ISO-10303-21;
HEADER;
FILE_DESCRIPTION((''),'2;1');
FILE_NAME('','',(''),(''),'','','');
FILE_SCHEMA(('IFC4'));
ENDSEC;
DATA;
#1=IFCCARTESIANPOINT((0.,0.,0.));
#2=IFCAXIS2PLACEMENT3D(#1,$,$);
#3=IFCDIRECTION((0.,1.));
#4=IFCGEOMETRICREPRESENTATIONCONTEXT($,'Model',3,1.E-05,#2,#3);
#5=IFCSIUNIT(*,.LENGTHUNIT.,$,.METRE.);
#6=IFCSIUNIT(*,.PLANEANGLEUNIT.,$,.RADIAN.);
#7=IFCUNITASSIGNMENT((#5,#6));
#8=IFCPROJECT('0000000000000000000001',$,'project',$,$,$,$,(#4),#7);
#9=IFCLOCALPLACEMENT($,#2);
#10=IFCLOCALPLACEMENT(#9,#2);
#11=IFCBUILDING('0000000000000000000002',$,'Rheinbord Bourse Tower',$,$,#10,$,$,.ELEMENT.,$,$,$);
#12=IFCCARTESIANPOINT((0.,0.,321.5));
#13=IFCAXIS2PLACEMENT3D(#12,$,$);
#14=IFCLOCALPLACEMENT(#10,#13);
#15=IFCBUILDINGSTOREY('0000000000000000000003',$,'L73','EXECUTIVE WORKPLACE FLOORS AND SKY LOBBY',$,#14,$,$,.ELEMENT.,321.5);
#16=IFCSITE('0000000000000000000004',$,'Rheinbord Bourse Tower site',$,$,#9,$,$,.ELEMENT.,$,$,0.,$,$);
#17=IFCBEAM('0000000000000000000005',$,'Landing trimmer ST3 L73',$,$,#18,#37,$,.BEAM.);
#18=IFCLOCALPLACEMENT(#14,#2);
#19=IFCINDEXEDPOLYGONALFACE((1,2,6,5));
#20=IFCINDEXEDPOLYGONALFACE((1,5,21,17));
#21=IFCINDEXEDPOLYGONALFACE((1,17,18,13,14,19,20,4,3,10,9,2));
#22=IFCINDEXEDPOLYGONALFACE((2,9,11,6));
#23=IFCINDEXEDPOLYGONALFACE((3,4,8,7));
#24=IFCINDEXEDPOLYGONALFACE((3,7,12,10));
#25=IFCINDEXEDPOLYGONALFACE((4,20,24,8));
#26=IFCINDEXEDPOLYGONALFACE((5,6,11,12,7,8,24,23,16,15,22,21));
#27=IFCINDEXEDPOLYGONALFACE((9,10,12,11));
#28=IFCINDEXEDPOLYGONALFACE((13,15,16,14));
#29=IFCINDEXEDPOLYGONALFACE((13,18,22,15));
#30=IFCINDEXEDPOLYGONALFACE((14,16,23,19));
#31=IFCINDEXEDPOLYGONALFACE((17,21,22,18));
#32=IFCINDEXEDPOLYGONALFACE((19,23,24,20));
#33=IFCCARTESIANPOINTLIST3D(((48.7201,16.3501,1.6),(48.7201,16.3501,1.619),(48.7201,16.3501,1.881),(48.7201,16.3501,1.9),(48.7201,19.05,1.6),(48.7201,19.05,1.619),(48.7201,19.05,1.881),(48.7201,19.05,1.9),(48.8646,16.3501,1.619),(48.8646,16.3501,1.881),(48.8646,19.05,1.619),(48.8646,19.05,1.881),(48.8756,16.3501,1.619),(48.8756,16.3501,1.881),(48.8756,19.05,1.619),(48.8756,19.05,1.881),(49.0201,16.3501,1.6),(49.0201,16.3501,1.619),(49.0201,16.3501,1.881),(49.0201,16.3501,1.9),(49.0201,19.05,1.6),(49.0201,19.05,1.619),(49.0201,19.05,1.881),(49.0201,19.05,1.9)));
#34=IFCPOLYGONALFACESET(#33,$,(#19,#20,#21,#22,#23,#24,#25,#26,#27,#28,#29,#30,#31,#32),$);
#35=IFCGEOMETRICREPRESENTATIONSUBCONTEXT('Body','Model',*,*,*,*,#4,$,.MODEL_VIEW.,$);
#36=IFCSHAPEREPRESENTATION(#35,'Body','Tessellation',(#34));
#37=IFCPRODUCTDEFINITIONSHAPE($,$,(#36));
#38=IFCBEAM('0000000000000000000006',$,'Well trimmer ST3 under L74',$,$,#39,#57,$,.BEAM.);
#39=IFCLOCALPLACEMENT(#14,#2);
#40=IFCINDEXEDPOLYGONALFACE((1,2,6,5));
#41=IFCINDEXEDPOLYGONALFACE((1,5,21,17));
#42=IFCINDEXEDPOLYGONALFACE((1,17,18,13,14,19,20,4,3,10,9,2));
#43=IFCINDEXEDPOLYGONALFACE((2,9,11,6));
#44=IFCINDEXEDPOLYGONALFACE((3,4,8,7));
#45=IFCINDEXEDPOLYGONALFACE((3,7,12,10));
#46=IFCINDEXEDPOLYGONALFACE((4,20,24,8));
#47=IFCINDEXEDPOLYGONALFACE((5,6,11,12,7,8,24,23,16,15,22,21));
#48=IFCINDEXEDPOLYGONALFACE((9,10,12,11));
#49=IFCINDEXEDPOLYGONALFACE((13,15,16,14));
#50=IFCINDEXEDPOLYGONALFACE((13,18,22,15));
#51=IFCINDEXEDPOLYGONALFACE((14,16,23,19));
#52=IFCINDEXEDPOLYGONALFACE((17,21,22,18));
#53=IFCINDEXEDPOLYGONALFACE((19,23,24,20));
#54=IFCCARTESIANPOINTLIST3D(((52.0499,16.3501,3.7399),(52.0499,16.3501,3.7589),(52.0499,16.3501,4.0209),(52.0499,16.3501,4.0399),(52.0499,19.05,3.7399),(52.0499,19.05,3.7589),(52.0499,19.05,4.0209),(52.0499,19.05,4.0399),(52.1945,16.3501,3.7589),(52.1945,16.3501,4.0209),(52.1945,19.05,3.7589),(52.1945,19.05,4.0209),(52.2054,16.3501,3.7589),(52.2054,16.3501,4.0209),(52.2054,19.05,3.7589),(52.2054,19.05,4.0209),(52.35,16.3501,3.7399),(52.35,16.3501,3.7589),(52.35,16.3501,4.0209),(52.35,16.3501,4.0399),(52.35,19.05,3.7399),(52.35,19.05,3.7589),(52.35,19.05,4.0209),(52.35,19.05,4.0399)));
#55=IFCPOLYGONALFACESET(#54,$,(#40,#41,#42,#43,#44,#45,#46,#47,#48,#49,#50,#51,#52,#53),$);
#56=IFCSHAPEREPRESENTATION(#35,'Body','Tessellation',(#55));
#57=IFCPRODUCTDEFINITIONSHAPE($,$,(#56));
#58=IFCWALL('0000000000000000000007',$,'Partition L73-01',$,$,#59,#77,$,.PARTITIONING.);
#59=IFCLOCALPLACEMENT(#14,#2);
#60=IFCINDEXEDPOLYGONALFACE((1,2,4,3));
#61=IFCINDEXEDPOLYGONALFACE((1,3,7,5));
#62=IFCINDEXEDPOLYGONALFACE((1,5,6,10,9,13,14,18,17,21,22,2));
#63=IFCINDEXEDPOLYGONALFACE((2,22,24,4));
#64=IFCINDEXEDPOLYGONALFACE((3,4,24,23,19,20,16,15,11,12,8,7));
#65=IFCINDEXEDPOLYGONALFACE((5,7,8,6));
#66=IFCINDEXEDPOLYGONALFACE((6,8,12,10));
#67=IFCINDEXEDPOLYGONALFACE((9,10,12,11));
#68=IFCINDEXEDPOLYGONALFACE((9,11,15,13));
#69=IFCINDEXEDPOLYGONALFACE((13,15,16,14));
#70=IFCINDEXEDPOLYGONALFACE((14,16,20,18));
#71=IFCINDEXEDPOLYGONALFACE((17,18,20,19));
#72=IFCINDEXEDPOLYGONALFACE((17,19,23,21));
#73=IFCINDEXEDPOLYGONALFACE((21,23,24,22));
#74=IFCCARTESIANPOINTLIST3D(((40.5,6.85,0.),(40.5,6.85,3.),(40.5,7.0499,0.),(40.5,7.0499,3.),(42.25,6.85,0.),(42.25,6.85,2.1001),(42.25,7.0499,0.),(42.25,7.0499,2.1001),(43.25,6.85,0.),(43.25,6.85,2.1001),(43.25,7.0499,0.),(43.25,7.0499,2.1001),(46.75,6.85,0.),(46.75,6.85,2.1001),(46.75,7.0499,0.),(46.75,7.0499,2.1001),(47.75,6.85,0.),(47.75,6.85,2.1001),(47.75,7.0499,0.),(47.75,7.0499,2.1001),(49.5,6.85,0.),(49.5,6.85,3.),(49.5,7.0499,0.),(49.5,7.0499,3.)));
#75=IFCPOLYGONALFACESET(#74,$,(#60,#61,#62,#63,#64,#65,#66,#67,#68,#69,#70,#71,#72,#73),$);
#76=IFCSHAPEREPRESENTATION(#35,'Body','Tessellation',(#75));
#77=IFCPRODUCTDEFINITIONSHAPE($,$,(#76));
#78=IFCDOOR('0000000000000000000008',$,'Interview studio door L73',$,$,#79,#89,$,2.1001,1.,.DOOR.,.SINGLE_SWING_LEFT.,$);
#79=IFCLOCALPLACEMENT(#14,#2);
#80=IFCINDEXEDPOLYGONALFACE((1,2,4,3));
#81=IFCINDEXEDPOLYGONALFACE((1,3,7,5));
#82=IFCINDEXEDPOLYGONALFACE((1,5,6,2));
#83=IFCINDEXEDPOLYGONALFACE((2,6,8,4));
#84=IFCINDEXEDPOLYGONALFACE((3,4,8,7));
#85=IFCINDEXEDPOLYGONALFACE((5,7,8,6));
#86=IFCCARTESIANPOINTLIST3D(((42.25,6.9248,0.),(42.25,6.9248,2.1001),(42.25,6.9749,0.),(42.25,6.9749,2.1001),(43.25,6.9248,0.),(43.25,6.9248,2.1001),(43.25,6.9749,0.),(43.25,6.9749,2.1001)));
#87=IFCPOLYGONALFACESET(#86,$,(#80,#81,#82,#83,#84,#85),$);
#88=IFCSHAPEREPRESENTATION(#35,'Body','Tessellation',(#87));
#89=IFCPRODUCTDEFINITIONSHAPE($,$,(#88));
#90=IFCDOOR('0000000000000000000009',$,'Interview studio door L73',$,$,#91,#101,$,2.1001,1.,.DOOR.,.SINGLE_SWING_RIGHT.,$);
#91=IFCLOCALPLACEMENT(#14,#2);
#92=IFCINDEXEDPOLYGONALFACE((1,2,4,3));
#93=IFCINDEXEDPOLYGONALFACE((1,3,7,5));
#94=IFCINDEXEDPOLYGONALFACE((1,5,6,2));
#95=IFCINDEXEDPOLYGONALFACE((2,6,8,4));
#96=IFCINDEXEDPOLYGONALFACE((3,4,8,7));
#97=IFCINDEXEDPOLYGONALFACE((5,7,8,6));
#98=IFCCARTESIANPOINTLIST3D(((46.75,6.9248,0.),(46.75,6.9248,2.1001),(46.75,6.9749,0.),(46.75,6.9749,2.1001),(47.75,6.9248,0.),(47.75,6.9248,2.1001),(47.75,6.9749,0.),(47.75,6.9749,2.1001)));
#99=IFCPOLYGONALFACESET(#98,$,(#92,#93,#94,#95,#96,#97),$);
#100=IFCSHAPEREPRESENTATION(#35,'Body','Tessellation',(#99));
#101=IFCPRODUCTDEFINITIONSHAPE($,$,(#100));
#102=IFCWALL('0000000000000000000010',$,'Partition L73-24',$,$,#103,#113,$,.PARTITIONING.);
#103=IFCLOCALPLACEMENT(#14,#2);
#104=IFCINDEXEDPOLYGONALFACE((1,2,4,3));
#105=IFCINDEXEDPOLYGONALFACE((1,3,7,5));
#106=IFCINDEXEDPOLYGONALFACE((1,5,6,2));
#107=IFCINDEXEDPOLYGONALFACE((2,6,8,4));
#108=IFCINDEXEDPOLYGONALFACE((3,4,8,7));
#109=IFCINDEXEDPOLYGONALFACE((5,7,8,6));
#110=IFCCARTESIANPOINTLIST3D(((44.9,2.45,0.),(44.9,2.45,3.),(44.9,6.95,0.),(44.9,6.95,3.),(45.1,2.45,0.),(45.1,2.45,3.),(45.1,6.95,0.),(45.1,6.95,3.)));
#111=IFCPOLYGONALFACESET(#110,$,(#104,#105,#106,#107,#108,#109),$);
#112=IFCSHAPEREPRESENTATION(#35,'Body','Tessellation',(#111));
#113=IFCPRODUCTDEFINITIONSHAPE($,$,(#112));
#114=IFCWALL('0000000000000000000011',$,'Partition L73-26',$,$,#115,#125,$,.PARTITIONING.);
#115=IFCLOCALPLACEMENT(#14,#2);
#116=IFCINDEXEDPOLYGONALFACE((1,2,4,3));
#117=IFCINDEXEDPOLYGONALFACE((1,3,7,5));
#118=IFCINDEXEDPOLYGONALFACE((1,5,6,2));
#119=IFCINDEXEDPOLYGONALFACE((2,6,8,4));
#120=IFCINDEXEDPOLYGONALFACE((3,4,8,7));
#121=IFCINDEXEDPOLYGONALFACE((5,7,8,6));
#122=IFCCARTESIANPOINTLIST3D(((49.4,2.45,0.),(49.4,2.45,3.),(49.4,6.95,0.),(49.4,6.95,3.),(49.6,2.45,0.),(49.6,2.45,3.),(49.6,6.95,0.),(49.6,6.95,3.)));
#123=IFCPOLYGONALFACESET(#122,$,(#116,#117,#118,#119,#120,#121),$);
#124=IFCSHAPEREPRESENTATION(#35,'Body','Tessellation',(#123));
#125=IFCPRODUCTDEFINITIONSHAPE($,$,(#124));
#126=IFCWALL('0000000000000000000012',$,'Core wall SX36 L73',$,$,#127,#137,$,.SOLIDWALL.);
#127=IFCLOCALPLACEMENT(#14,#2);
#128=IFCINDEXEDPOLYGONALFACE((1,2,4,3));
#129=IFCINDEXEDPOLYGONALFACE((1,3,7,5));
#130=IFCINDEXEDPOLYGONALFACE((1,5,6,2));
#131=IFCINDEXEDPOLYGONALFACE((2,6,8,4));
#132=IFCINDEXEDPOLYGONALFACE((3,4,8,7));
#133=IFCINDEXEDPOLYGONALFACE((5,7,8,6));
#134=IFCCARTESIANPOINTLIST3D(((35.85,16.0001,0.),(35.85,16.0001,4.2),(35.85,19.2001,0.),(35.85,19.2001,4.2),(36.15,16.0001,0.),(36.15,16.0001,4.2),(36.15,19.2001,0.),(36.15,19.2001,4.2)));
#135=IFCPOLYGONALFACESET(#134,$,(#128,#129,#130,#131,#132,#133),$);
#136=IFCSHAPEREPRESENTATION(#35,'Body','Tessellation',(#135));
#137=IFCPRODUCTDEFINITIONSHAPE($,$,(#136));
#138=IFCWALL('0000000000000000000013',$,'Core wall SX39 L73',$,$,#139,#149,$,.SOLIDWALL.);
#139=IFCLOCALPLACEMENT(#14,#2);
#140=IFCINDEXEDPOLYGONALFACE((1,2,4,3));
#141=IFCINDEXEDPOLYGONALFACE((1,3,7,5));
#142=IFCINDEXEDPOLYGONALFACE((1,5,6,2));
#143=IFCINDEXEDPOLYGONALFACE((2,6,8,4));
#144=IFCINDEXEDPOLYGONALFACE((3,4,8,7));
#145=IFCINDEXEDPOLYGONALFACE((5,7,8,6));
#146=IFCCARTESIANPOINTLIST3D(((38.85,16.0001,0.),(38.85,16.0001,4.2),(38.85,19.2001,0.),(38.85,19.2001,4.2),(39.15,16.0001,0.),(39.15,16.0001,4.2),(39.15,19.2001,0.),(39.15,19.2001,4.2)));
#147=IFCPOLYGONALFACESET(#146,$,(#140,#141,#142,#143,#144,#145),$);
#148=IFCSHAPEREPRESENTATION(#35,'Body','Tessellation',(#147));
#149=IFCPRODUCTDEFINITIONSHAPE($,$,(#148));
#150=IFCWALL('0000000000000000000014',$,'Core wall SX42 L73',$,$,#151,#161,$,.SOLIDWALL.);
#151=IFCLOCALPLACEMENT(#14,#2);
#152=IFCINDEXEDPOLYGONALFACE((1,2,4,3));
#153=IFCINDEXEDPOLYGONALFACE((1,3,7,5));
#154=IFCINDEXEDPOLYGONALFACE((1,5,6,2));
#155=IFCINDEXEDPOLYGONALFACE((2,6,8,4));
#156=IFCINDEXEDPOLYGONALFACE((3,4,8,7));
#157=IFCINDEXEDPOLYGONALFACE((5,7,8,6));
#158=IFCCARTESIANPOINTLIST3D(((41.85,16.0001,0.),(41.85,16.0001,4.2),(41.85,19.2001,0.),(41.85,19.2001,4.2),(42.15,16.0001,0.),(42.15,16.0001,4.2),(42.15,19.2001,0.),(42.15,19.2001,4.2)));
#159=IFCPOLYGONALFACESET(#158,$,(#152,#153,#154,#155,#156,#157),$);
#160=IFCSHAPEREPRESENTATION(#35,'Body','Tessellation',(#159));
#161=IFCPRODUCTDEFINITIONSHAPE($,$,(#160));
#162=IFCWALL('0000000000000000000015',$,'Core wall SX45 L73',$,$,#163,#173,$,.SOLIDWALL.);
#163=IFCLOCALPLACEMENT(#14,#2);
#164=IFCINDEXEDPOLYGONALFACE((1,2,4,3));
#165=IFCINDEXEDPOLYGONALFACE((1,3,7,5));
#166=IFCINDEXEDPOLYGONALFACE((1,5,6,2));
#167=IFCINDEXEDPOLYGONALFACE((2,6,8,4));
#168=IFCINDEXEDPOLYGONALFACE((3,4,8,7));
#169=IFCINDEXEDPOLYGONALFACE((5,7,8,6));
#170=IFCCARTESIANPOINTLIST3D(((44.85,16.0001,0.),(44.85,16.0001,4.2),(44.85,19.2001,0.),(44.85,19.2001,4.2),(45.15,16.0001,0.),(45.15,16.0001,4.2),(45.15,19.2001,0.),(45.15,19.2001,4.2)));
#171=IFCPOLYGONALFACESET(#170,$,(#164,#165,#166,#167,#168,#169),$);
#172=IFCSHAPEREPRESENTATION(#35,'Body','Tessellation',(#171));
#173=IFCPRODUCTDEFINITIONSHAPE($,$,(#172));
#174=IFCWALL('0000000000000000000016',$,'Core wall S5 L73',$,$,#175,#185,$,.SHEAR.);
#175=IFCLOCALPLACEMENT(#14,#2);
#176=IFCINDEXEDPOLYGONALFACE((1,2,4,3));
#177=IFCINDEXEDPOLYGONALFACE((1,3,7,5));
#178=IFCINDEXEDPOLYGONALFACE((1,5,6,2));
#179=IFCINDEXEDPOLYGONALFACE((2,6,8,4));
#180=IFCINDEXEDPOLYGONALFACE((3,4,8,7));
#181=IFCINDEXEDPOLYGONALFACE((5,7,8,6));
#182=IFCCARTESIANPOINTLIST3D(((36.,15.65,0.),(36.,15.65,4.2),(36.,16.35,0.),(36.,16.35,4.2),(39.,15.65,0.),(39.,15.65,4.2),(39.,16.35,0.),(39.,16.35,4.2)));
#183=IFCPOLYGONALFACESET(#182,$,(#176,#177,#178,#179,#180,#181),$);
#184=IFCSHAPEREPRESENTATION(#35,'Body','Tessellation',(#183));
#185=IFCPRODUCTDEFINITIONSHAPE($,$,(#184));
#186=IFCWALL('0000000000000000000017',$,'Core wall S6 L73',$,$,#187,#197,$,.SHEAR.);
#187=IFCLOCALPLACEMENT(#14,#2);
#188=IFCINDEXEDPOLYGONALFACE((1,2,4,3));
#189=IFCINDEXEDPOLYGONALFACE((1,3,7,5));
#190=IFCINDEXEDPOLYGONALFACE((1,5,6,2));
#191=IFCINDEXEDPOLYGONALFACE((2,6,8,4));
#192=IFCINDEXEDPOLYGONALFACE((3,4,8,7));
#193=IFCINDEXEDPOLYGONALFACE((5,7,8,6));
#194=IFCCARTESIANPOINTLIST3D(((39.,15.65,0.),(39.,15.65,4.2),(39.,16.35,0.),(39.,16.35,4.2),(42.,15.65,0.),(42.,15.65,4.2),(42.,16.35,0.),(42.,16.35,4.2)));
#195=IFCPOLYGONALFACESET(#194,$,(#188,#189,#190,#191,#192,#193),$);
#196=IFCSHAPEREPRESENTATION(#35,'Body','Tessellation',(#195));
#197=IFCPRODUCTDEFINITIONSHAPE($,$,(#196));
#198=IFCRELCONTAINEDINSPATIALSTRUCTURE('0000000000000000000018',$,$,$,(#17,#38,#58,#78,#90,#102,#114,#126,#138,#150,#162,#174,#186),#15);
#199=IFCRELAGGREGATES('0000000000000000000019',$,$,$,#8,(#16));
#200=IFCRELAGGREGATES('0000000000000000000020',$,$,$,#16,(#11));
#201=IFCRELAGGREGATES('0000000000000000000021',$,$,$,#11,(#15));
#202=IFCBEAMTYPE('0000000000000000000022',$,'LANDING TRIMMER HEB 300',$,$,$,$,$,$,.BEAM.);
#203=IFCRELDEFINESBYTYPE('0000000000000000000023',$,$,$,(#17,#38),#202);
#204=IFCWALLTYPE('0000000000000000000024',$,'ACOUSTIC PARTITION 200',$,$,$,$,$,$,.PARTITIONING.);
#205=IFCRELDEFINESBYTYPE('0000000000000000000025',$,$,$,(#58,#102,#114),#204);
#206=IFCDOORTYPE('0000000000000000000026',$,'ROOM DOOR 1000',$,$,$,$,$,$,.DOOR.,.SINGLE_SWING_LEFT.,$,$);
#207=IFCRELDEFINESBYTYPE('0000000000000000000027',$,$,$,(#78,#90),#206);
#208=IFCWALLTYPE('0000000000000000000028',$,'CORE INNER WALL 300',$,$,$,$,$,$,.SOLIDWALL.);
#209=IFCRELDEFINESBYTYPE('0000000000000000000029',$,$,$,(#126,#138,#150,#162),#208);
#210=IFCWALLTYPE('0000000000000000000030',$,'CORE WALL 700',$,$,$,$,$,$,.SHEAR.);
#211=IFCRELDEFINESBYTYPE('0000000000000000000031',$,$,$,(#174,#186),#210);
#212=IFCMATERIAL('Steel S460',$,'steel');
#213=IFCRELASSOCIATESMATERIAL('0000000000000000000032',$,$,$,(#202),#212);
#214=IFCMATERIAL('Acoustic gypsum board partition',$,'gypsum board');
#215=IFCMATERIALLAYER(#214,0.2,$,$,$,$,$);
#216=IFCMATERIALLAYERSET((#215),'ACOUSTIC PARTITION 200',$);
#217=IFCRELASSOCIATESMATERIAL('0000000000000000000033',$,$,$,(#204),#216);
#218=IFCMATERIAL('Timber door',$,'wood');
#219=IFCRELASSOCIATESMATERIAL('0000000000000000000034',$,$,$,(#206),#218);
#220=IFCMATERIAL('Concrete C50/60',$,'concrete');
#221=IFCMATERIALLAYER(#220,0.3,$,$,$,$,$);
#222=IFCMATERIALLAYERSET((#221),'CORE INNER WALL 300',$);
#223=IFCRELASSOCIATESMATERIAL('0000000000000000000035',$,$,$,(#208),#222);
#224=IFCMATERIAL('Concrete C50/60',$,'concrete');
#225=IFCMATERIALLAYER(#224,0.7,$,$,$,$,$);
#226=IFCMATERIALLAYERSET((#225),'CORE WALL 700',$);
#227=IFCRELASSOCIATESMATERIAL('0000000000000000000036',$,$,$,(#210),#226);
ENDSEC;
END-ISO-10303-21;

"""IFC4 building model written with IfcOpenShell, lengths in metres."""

from ifc_helpers import new_model, si_unit, direction, frame, frame_2d, origin, origin_2d, place, context, subcontext, project, spatial, rectangle, i_section, extrude, material, layer, layer_set, material_profile, profile_set, type_object, element, fill, save


model = new_model("IFC4")

# Units and contexts
model_context = context("Model", 3, precision=1e-05, world=origin(), true_north=direction((0.0, 1.0)))
body_context = subcontext(model_context, "Body", "Model", "MODEL_VIEW")
ifc_project = project(units=[si_unit("LENGTHUNIT", "METRE"), si_unit("PLANEANGLEUNIT", "RADIAN")], contexts=[model_context])

# Site, building, storey
site_placement = place(None, origin())
site = spatial("IfcSite", under=ifc_project, at=site_placement, Name="Rheinbord Bourse Tower site", CompositionType="ELEMENT", RefElevation=0.0)
building_placement = place(site_placement, origin())
building = spatial("IfcBuilding", under=site, at=building_placement, Name="Rheinbord Bourse Tower", CompositionType="ELEMENT")
storey_placement = place(building_placement, frame((0.0, 0.0, 321.5)))
storey = spatial("IfcBuildingStorey", under=building, at=storey_placement, Name="L73", Description="EXECUTIVE WORKPLACE FLOORS AND SKY LOBBY", CompositionType="ELEMENT", Elevation=321.5)

# Beams
ifc_material_1 = material(Name="Steel S460", Category="steel")
ifc_material_profile = material_profile(ifc_material_1, i_section(OverallWidth=0.3, OverallDepth=0.3, WebThickness=0.011, FlangeThickness=0.019, at=origin_2d()), Name="HEB 300")
ifc_profile_set = profile_set([ifc_material_profile], Name="Steel S460")
beam_type = type_object("IfcBeamType", Name="LANDING TRIMMER HEB 300", PredefinedType="BEAM", material=ifc_profile_set)
for number, where, z_axis, x_axis, name in (
    (1, (48.8701, 16.3501, 1.75), (0.0, 1.0, 0.0), (-1.0, 0.0, 0.0), "Landing trimmer ST3 L73"),
    (2, (52.2, 16.3501, 3.8899), (0.0, 1.0, 0.0), (-1.0, 0.0, 0.0), "Well trimmer ST3 under L74"),
):
    element("IfcBeam", number, at=place(storey_placement, frame(where, z_axis=z_axis, x_axis=x_axis)), inside=storey, type_object=beam_type, Name=name, PredefinedType="BEAM", context=body_context, shape_type="SweptSolid", body=[
        extrude(i_section(OverallWidth=0.3, OverallDepth=0.3, WebThickness=0.011, FlangeThickness=0.019, at=origin_2d()), origin(), (0.0, 0.0, 1.0), 2.7),
    ])

# Wall, openings, doors
ifc_material_2 = material(Name="Acoustic gypsum board partition", Category="gypsum board")
ifc_layer_1 = layer(ifc_material_2, 0.2)
ifc_layer_set_1 = layer_set([ifc_layer_1], Name="ACOUSTIC PARTITION 200")
wall_type_1 = type_object("IfcWallType", Name="ACOUSTIC PARTITION 200", PredefinedType="PARTITIONING", material=ifc_layer_set_1)
wall_1_placement = place(storey_placement, frame((40.5, 6.95, 0.0), z_axis=(0.0, 0.0, 1.0), x_axis=(1.0, 0.0, 0.0)))
wall_1 = element("IfcWall", 3, at=wall_1_placement, inside=storey, type_object=wall_type_1, Name="Partition L73-01", PredefinedType="PARTITIONING", context=body_context, shape_type="SweptSolid", body=[
    extrude(rectangle(XDim=9.0, YDim=0.2, at=frame_2d((4.5, 0.0))), origin(), (0.0, 0.0, 1.0), 3.0),
])
opening_1_placement = place(wall_1_placement, frame((1.75, 0.0, 0.0)))
opening_1 = element("IfcOpeningElement", 4, at=opening_1_placement, cuts=wall_1, PredefinedType="OPENING", context=body_context, shape_type="SweptSolid", body=[
    extrude(rectangle(XDim=1.0, YDim=2.1001, at=frame_2d((0.5, 1.05))), frame((0.0, 0.1099, 0.0), z_axis=(0.0, -1.0, 0.0), x_axis=(1.0, 0.0, 0.0)), (0.0, 0.0, 1.0), 0.22),
])
opening_2_placement = place(wall_1_placement, frame((6.25, 0.0, 0.0)))
opening_2 = element("IfcOpeningElement", 5, at=opening_2_placement, cuts=wall_1, PredefinedType="OPENING", context=body_context, shape_type="SweptSolid", body=[
    extrude(rectangle(XDim=1.0, YDim=2.1001, at=frame_2d((0.5, 1.05))), frame((0.0, 0.1099, 0.0), z_axis=(0.0, -1.0, 0.0), x_axis=(1.0, 0.0, 0.0)), (0.0, 0.0, 1.0), 0.22),
])
ifc_material_3 = material(Name="Timber door", Category="wood")
door_type_1 = type_object("IfcDoorType", Name="ROOM DOOR 1000", OperationType="SINGLE_SWING_LEFT", PredefinedType="DOOR", material=ifc_material_3)
door_1_placement = place(opening_1_placement, origin())
door_1 = element("IfcDoor", 6, at=door_1_placement, inside=storey, type_object=door_type_1, Name="Interview studio door L73", OperationType="SINGLE_SWING_LEFT", OverallHeight=2.1001, OverallWidth=1.0, PredefinedType="DOOR", context=body_context, shape_type="SweptSolid", body=[
    extrude(rectangle(XDim=1.0, YDim=2.1001, at=frame_2d((0.5, 1.05))), frame((0.0, 0.0249, 0.0), z_axis=(0.0, -1.0, 0.0), x_axis=(1.0, 0.0, 0.0)), (0.0, 0.0, 1.0), 0.05),
])
fill(opening_1, door_1)
door_2_placement = place(opening_2_placement, origin())
door_2 = element("IfcDoor", 7, at=door_2_placement, inside=storey, type_object=door_type_1, Name="Interview studio door L73", OperationType="SINGLE_SWING_RIGHT", OverallHeight=2.1001, OverallWidth=1.0, PredefinedType="DOOR", context=body_context, shape_type="SweptSolid", body=[
    extrude(rectangle(XDim=1.0, YDim=2.1001, at=frame_2d((0.5, 1.05))), frame((0.0, 0.0249, 0.0), z_axis=(0.0, -1.0, 0.0), x_axis=(1.0, 0.0, 0.0)), (0.0, 0.0, 1.0), 0.05),
])
fill(opening_2, door_2)

# Walls
for number, where, z_axis, x_axis, name in (
    (8, (45.0, 2.45, 0.0), (0.0, 0.0, 1.0), (0.0, 1.0, 0.0), "Partition L73-24"),
    (9, (49.5, 2.45, 0.0), (0.0, 0.0, 1.0), (0.0, 1.0, 0.0), "Partition L73-26"),
):
    element("IfcWall", number, at=place(storey_placement, frame(where, z_axis=z_axis, x_axis=x_axis)), inside=storey, type_object=wall_type_1, Name=name, PredefinedType="PARTITIONING", context=body_context, shape_type="SweptSolid", body=[
        extrude(rectangle(XDim=4.5, YDim=0.2, at=frame_2d((2.25, 0.0))), origin(), (0.0, 0.0, 1.0), 3.0),
    ])
ifc_material_4 = material(Name="Concrete C50/60", Category="concrete")
ifc_layer_2 = layer(ifc_material_4, 0.3)
ifc_layer_set_2 = layer_set([ifc_layer_2], Name="CORE INNER WALL 300")
wall_type_2 = type_object("IfcWallType", Name="CORE INNER WALL 300", PredefinedType="SOLIDWALL", material=ifc_layer_set_2)
for number, where, z_axis, x_axis, name in (
    (10, (36.0, 16.0, 0.0), (0.0, 0.0, 1.0), (0.0, 1.0, 0.0), "Core wall SX36 L73"),
    (11, (39.0, 16.0, 0.0), (0.0, 0.0, 1.0), (0.0, 1.0, 0.0), "Core wall SX39 L73"),
    (12, (42.0, 16.0, 0.0), (0.0, 0.0, 1.0), (0.0, 1.0, 0.0), "Core wall SX42 L73"),
    (13, (45.0, 16.0, 0.0), (0.0, 0.0, 1.0), (0.0, 1.0, 0.0), "Core wall SX45 L73"),
):
    element("IfcWall", number, at=place(storey_placement, frame(where, z_axis=z_axis, x_axis=x_axis)), inside=storey, type_object=wall_type_2, Name=name, PredefinedType="SOLIDWALL", context=body_context, shape_type="SweptSolid", body=[
        extrude(rectangle(XDim=3.2, YDim=0.3, at=frame_2d((1.6001, 0.0))), origin(), (0.0, 0.0, 1.0), 4.2),
    ])
ifc_material_5 = material(Name="Concrete C50/60", Category="concrete")
ifc_layer_3 = layer(ifc_material_5, 0.7)
ifc_layer_set_3 = layer_set([ifc_layer_3], Name="CORE WALL 700")
wall_type_3 = type_object("IfcWallType", Name="CORE WALL 700", PredefinedType="SHEAR", material=ifc_layer_set_3)
for number, where, z_axis, x_axis, name in (
    (14, (36.0, 16.0, 0.0), (0.0, 0.0, 1.0), (1.0, 0.0, 0.0), "Core wall S5 L73"),
    (15, (39.0, 16.0, 0.0), (0.0, 0.0, 1.0), (1.0, 0.0, 0.0), "Core wall S6 L73"),
):
    element("IfcWall", number, at=place(storey_placement, frame(where, z_axis=z_axis, x_axis=x_axis)), inside=storey, type_object=wall_type_3, Name=name, PredefinedType="SHEAR", context=body_context, shape_type="SweptSolid", body=[
        extrude(rectangle(XDim=3.0, YDim=0.7, at=frame_2d((1.5, 0.0))), origin(), (0.0, 0.0, 1.0), 4.2),
    ])

save(model, "model.ifc")
